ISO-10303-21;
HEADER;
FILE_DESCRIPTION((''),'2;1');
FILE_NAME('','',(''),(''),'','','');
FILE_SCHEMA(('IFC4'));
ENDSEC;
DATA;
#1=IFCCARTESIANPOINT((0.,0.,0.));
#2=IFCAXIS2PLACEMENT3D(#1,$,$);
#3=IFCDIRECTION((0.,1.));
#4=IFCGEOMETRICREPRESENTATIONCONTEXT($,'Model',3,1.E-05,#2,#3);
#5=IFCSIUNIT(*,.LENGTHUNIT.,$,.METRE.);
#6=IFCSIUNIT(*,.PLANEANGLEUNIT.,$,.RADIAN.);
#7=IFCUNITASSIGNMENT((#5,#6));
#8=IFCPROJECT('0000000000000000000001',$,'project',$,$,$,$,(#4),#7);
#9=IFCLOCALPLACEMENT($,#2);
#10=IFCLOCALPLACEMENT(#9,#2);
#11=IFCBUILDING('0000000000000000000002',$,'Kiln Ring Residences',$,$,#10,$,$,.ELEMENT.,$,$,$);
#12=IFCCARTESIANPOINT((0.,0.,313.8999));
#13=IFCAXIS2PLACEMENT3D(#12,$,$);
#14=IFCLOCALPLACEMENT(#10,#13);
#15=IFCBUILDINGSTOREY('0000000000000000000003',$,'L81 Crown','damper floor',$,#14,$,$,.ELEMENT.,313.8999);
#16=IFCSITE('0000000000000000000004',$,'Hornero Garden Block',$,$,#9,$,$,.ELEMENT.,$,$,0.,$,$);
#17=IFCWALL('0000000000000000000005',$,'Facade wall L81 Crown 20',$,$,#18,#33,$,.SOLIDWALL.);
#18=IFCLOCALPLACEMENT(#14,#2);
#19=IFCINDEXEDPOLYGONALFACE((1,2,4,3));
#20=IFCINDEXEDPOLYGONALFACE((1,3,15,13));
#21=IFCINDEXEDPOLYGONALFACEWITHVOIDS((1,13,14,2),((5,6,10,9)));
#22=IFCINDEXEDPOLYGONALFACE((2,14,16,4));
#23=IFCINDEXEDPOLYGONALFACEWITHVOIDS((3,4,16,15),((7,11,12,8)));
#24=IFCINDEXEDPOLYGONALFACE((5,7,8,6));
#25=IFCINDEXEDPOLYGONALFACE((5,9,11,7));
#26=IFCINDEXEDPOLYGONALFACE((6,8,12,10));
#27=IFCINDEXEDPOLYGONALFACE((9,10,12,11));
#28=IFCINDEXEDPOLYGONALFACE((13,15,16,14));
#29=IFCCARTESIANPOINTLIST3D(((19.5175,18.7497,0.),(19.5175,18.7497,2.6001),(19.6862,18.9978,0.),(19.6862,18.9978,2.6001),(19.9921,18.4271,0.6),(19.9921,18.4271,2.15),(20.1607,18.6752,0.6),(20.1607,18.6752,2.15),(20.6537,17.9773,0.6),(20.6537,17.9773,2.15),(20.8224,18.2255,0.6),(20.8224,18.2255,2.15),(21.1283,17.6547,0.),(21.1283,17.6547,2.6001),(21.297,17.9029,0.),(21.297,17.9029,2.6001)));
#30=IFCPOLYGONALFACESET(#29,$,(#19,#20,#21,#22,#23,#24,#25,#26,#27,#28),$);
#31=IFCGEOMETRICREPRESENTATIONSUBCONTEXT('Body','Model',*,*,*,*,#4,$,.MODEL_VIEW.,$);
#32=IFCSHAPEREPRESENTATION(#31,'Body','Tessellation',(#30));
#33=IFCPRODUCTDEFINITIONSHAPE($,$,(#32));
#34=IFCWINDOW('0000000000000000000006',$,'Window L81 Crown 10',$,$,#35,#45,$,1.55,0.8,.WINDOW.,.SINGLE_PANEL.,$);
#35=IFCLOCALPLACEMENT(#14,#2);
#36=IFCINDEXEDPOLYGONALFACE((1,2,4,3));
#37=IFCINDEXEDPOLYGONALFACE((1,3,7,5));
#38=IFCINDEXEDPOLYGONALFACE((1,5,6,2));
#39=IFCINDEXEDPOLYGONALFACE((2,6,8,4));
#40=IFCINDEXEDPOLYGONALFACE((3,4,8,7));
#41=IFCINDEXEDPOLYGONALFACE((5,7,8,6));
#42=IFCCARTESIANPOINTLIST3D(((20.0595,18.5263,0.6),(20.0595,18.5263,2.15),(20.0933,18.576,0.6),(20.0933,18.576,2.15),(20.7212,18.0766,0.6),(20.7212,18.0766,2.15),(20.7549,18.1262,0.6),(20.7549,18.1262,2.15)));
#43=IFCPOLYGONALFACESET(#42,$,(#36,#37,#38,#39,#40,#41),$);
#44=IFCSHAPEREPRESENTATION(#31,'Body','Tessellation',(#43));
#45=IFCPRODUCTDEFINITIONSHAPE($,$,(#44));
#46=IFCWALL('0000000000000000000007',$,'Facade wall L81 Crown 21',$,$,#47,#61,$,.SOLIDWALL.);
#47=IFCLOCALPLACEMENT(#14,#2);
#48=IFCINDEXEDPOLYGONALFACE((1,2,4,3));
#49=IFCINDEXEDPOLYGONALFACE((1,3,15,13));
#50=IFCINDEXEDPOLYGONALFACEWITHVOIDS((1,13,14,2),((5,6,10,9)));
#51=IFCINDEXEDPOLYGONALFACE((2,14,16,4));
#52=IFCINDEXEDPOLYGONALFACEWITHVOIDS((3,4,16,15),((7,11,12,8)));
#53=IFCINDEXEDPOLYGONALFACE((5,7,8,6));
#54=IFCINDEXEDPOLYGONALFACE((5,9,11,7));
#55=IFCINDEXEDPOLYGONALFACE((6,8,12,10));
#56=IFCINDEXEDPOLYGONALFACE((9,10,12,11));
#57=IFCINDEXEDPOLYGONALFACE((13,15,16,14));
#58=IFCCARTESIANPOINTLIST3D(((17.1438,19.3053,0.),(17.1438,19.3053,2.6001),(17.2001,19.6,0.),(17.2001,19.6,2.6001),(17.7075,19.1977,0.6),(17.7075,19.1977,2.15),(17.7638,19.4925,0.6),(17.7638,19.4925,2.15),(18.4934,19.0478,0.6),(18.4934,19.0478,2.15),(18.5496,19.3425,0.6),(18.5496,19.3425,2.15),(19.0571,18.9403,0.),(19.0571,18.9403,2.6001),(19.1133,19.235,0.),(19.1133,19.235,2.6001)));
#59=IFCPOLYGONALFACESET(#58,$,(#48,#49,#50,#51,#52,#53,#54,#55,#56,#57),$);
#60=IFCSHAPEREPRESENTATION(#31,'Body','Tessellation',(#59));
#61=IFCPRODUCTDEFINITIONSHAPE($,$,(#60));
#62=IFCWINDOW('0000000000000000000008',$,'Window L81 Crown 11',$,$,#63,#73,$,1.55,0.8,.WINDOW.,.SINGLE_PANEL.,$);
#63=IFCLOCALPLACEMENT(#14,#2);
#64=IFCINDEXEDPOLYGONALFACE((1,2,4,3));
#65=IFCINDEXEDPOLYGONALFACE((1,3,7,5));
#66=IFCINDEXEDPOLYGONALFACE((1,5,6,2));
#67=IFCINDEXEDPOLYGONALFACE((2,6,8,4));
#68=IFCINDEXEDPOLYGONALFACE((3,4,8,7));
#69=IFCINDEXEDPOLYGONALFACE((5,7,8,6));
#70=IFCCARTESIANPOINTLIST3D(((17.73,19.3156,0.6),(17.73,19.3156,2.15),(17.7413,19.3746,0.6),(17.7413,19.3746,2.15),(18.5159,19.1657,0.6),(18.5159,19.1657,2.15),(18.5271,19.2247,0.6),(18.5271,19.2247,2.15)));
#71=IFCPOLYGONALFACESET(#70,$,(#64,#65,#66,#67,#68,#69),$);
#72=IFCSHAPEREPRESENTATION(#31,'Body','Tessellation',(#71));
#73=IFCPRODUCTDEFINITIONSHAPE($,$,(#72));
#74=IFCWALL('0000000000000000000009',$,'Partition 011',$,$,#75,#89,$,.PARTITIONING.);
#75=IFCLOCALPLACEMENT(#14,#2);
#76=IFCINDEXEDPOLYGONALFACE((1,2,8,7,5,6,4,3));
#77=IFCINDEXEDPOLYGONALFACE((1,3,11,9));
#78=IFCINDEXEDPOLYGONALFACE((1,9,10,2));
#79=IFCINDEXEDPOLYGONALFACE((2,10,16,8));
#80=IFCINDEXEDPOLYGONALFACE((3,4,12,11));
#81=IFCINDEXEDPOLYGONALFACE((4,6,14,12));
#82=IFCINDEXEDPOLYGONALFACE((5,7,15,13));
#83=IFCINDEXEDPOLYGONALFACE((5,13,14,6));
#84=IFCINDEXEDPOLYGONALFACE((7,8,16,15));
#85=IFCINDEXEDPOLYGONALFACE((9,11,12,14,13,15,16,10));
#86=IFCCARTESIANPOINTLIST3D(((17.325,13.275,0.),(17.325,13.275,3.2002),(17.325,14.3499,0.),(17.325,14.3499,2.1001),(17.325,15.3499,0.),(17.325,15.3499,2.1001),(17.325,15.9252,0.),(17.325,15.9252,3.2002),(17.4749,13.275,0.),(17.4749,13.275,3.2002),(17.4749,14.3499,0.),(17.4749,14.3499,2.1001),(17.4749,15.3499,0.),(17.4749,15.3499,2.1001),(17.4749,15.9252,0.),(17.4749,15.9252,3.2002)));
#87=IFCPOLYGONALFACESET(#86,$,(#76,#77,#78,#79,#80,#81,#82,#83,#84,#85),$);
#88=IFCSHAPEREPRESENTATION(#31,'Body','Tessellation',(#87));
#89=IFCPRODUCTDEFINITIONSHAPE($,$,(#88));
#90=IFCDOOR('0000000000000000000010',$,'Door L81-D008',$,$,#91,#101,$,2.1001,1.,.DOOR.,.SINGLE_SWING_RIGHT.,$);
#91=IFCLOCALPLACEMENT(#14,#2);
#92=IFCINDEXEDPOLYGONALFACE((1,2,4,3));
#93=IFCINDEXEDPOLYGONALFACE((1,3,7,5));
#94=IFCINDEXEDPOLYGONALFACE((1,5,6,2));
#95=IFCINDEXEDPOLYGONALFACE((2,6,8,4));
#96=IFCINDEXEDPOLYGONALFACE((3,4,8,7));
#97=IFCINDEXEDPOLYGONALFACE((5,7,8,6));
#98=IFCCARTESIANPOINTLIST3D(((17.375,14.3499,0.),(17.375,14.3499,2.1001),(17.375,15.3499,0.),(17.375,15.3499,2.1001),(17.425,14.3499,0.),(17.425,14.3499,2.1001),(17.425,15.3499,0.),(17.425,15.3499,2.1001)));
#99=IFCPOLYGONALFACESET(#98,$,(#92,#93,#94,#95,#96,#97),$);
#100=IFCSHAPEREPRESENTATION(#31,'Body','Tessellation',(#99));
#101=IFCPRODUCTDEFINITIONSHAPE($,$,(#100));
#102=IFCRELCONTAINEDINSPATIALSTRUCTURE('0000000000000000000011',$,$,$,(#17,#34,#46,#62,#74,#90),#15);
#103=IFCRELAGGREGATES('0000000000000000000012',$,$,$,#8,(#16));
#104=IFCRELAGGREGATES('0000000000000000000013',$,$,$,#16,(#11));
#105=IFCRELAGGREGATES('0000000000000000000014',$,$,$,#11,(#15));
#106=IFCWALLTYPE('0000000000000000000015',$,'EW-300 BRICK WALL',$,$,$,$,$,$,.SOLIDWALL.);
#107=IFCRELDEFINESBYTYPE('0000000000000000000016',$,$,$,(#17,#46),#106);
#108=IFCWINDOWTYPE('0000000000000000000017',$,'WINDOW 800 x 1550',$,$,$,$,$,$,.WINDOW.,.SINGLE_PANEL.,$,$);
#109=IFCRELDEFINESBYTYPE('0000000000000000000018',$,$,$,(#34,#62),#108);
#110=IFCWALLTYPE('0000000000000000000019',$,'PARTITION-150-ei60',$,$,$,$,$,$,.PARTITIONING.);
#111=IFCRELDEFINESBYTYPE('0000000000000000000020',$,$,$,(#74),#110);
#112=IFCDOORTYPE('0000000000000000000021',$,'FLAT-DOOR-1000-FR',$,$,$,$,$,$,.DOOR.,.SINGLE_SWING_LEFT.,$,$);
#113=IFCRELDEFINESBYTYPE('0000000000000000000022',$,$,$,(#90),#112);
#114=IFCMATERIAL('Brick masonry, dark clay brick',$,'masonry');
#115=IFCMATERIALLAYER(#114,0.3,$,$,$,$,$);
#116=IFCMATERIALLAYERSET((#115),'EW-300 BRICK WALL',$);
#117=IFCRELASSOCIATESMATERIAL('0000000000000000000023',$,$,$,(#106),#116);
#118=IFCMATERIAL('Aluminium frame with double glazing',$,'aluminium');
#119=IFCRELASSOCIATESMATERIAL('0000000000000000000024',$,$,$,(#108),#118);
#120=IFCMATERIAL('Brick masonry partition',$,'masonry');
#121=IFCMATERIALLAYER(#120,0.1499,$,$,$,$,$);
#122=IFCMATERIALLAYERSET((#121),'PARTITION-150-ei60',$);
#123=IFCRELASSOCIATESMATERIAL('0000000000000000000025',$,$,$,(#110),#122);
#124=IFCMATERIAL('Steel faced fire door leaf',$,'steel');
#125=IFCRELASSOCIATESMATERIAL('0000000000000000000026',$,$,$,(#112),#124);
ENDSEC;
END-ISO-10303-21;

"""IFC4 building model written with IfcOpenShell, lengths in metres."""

from ifc_helpers import new_model, si_unit, direction, frame, frame_2d, origin, place, context, subcontext, project, spatial, rectangle, extrude, material, layer, layer_set, type_object, element, fill, save


model = new_model("IFC4")

# Units and contexts
model_context = context("Model", 3, precision=1e-05, world=origin(), true_north=direction((0.0, 1.0)))
body_context = subcontext(model_context, "Body", "Model", "MODEL_VIEW")
ifc_project = project(units=[si_unit("LENGTHUNIT", "METRE"), si_unit("PLANEANGLEUNIT", "RADIAN")], contexts=[model_context])

# Site, building, storey
site_placement = place(None, origin())
site = spatial("IfcSite", under=ifc_project, at=site_placement, Name="Hornero Garden Block", CompositionType="ELEMENT", RefElevation=0.0)
building_placement = place(site_placement, origin())
building = spatial("IfcBuilding", under=site, at=building_placement, Name="Kiln Ring Residences", CompositionType="ELEMENT")
storey_placement = place(building_placement, frame((0.0, 0.0, 313.8999)))
storey = spatial("IfcBuildingStorey", under=building, at=storey_placement, Name="L81 Crown", Description="damper floor", CompositionType="ELEMENT", Elevation=313.8999)

# Shared definitions
ifc_material_1 = material(Name="Brick masonry, dark clay brick", Category="masonry")
ifc_layer_1 = layer(ifc_material_1, 0.3)
ifc_layer_set_1 = layer_set([ifc_layer_1], Name="EW-300 BRICK WALL")
wall_type_1 = type_object("IfcWallType", Name="EW-300 BRICK WALL", PredefinedType="SOLIDWALL", material=ifc_layer_set_1)

# Shared definitions
ifc_material_2 = material(Name="Aluminium frame with double glazing", Category="aluminium")
window_type = type_object("IfcWindowType", Name="WINDOW 800 x 1550", PartitioningType="SINGLE_PANEL", PredefinedType="WINDOW", material=ifc_material_2)

# Walls, openings, windows
wall_1_placement = place(storey_placement, frame((21.2126, 17.7788, 0.0), z_axis=(0.0, 0.0, 1.0), x_axis=(-0.827022, 0.562169, 0.0)))
wall_1 = element("IfcWall", 1, at=wall_1_placement, inside=storey, type_object=wall_type_1, Name="Facade wall L81 Crown 20", PredefinedType="SOLIDWALL", context=body_context, shape_type="SweptSolid", body=[
    extrude(rectangle(XDim=1.9478, YDim=0.3, at=frame_2d((0.9739, 0.0))), origin(), (0.0, 0.0, 1.0), 2.6001),
])
opening_1_placement = place(wall_1_placement, frame((0.574, 0.0, 0.6001)))
opening_1 = element("IfcOpeningElement", 2, at=opening_1_placement, cuts=wall_1, PredefinedType="OPENING", context=body_context, shape_type="SweptSolid", body=[
    extrude(rectangle(XDim=0.8, YDim=1.55, at=frame_2d((0.3999, 0.7749))), frame((0.0, 0.1599, 0.0), z_axis=(0.0, -1.0, 0.0), x_axis=(1.0, 0.0, 0.0)), (0.0, 0.0, 1.0), 0.3201),
])
window_1_placement = place(opening_1_placement, origin())
window_1 = element("IfcWindow", 3, at=window_1_placement, inside=storey, type_object=window_type, Name="Window L81 Crown 10", OverallHeight=1.55, OverallWidth=0.8, PartitioningType="SINGLE_PANEL", PredefinedType="WINDOW", context=body_context, shape_type="SweptSolid", body=[
    extrude(rectangle(XDim=0.8, YDim=1.55, at=frame_2d((0.3999, 0.7749))), frame((0.0, 0.03, 0.0), z_axis=(0.0, -1.0, 0.0), x_axis=(1.0, 0.0, 0.0)), (0.0, 0.0, 1.0), 0.0601),
])
fill(opening_1, window_1)
wall_2_placement = place(storey_placement, frame((19.0852, 19.0876, 0.0), z_axis=(0.0, 0.0, 1.0), x_axis=(-0.982287, 0.187383, 0.0)))
wall_2 = element("IfcWall", 4, at=wall_2_placement, inside=storey, type_object=wall_type_1, Name="Facade wall L81 Crown 21", PredefinedType="SOLIDWALL", context=body_context, shape_type="SweptSolid", body=[
    extrude(rectangle(XDim=1.9478, YDim=0.3, at=frame_2d((0.9739, 0.0))), origin(), (0.0, 0.0, 1.0), 2.6001),
])
opening_2_placement = place(wall_2_placement, frame((0.574, 0.0, 0.6001)))
opening_2 = element("IfcOpeningElement", 5, at=opening_2_placement, cuts=wall_2, PredefinedType="OPENING", context=body_context, shape_type="SweptSolid", body=[
    extrude(rectangle(XDim=0.8, YDim=1.55, at=frame_2d((0.3999, 0.7749))), frame((0.0, 0.1599, 0.0), z_axis=(0.0, -1.0, 0.0), x_axis=(1.0, 0.0, 0.0)), (0.0, 0.0, 1.0), 0.3201),
])
window_2_placement = place(opening_2_placement, origin())
window_2 = element("IfcWindow", 6, at=window_2_placement, inside=storey, type_object=window_type, Name="Window L81 Crown 11", OverallHeight=1.55, OverallWidth=0.8, PartitioningType="SINGLE_PANEL", PredefinedType="WINDOW", context=body_context, shape_type="SweptSolid", body=[
    extrude(rectangle(XDim=0.8, YDim=1.55, at=frame_2d((0.3999, 0.7749))), frame((0.0, 0.03, 0.0), z_axis=(0.0, -1.0, 0.0), x_axis=(1.0, 0.0, 0.0)), (0.0, 0.0, 1.0), 0.0601),
])
fill(opening_2, window_2)

# Wall, opening, door
ifc_material_3 = material(Name="Brick masonry partition", Category="masonry")
ifc_layer_2 = layer(ifc_material_3, 0.1499)
ifc_layer_set_2 = layer_set([ifc_layer_2], Name="PARTITION-150-ei60")
wall_type_2 = type_object("IfcWallType", Name="PARTITION-150-ei60", PredefinedType="PARTITIONING", material=ifc_layer_set_2)
wall_3_placement = place(storey_placement, frame((17.3999, 13.2749, 0.0), z_axis=(0.0, 0.0, 1.0), x_axis=(0.0, 1.0, 0.0)))
wall_3 = element("IfcWall", 7, at=wall_3_placement, inside=storey, type_object=wall_type_2, Name="Partition 011", PredefinedType="PARTITIONING", context=body_context, shape_type="SweptSolid", body=[
    extrude(rectangle(XDim=2.6501, YDim=0.1499, at=frame_2d((1.3252, 0.0))), origin(), (0.0, 0.0, 1.0), 3.2002),
])
opening_3_placement = place(wall_3_placement, frame((1.075, 0.0, 0.0)))
opening_3 = element("IfcOpeningElement", 8, at=opening_3_placement, cuts=wall_3, PredefinedType="OPENING", context=body_context, shape_type="SweptSolid", body=[
    extrude(rectangle(XDim=1.0, YDim=2.1001, at=frame_2d((0.5, 1.05))), frame((0.0, 0.085, 0.0), z_axis=(0.0, -1.0, 0.0), x_axis=(1.0, 0.0, 0.0)), (0.0, 0.0, 1.0), 0.1699),
])
ifc_material_4 = material(Name="Steel faced fire door leaf", Category="steel")
door_type = type_object("IfcDoorType", Name="FLAT-DOOR-1000-FR", OperationType="SINGLE_SWING_LEFT", PredefinedType="DOOR", material=ifc_material_4)
door_placement = place(opening_3_placement, origin())
door = element("IfcDoor", 9, at=door_placement, inside=storey, type_object=door_type, Name="Door L81-D008", OperationType="SINGLE_SWING_RIGHT", OverallHeight=2.1001, OverallWidth=1.0, PredefinedType="DOOR", context=body_context, shape_type="SweptSolid", body=[
    extrude(rectangle(XDim=1.0, YDim=2.1001, at=frame_2d((0.5, 1.05))), frame((0.0, 0.0249, 0.0), z_axis=(0.0, -1.0, 0.0), x_axis=(1.0, 0.0, 0.0)), (0.0, 0.0, 1.0), 0.05),
])
fill(opening_3, door)

save(model, "model.ifc")
